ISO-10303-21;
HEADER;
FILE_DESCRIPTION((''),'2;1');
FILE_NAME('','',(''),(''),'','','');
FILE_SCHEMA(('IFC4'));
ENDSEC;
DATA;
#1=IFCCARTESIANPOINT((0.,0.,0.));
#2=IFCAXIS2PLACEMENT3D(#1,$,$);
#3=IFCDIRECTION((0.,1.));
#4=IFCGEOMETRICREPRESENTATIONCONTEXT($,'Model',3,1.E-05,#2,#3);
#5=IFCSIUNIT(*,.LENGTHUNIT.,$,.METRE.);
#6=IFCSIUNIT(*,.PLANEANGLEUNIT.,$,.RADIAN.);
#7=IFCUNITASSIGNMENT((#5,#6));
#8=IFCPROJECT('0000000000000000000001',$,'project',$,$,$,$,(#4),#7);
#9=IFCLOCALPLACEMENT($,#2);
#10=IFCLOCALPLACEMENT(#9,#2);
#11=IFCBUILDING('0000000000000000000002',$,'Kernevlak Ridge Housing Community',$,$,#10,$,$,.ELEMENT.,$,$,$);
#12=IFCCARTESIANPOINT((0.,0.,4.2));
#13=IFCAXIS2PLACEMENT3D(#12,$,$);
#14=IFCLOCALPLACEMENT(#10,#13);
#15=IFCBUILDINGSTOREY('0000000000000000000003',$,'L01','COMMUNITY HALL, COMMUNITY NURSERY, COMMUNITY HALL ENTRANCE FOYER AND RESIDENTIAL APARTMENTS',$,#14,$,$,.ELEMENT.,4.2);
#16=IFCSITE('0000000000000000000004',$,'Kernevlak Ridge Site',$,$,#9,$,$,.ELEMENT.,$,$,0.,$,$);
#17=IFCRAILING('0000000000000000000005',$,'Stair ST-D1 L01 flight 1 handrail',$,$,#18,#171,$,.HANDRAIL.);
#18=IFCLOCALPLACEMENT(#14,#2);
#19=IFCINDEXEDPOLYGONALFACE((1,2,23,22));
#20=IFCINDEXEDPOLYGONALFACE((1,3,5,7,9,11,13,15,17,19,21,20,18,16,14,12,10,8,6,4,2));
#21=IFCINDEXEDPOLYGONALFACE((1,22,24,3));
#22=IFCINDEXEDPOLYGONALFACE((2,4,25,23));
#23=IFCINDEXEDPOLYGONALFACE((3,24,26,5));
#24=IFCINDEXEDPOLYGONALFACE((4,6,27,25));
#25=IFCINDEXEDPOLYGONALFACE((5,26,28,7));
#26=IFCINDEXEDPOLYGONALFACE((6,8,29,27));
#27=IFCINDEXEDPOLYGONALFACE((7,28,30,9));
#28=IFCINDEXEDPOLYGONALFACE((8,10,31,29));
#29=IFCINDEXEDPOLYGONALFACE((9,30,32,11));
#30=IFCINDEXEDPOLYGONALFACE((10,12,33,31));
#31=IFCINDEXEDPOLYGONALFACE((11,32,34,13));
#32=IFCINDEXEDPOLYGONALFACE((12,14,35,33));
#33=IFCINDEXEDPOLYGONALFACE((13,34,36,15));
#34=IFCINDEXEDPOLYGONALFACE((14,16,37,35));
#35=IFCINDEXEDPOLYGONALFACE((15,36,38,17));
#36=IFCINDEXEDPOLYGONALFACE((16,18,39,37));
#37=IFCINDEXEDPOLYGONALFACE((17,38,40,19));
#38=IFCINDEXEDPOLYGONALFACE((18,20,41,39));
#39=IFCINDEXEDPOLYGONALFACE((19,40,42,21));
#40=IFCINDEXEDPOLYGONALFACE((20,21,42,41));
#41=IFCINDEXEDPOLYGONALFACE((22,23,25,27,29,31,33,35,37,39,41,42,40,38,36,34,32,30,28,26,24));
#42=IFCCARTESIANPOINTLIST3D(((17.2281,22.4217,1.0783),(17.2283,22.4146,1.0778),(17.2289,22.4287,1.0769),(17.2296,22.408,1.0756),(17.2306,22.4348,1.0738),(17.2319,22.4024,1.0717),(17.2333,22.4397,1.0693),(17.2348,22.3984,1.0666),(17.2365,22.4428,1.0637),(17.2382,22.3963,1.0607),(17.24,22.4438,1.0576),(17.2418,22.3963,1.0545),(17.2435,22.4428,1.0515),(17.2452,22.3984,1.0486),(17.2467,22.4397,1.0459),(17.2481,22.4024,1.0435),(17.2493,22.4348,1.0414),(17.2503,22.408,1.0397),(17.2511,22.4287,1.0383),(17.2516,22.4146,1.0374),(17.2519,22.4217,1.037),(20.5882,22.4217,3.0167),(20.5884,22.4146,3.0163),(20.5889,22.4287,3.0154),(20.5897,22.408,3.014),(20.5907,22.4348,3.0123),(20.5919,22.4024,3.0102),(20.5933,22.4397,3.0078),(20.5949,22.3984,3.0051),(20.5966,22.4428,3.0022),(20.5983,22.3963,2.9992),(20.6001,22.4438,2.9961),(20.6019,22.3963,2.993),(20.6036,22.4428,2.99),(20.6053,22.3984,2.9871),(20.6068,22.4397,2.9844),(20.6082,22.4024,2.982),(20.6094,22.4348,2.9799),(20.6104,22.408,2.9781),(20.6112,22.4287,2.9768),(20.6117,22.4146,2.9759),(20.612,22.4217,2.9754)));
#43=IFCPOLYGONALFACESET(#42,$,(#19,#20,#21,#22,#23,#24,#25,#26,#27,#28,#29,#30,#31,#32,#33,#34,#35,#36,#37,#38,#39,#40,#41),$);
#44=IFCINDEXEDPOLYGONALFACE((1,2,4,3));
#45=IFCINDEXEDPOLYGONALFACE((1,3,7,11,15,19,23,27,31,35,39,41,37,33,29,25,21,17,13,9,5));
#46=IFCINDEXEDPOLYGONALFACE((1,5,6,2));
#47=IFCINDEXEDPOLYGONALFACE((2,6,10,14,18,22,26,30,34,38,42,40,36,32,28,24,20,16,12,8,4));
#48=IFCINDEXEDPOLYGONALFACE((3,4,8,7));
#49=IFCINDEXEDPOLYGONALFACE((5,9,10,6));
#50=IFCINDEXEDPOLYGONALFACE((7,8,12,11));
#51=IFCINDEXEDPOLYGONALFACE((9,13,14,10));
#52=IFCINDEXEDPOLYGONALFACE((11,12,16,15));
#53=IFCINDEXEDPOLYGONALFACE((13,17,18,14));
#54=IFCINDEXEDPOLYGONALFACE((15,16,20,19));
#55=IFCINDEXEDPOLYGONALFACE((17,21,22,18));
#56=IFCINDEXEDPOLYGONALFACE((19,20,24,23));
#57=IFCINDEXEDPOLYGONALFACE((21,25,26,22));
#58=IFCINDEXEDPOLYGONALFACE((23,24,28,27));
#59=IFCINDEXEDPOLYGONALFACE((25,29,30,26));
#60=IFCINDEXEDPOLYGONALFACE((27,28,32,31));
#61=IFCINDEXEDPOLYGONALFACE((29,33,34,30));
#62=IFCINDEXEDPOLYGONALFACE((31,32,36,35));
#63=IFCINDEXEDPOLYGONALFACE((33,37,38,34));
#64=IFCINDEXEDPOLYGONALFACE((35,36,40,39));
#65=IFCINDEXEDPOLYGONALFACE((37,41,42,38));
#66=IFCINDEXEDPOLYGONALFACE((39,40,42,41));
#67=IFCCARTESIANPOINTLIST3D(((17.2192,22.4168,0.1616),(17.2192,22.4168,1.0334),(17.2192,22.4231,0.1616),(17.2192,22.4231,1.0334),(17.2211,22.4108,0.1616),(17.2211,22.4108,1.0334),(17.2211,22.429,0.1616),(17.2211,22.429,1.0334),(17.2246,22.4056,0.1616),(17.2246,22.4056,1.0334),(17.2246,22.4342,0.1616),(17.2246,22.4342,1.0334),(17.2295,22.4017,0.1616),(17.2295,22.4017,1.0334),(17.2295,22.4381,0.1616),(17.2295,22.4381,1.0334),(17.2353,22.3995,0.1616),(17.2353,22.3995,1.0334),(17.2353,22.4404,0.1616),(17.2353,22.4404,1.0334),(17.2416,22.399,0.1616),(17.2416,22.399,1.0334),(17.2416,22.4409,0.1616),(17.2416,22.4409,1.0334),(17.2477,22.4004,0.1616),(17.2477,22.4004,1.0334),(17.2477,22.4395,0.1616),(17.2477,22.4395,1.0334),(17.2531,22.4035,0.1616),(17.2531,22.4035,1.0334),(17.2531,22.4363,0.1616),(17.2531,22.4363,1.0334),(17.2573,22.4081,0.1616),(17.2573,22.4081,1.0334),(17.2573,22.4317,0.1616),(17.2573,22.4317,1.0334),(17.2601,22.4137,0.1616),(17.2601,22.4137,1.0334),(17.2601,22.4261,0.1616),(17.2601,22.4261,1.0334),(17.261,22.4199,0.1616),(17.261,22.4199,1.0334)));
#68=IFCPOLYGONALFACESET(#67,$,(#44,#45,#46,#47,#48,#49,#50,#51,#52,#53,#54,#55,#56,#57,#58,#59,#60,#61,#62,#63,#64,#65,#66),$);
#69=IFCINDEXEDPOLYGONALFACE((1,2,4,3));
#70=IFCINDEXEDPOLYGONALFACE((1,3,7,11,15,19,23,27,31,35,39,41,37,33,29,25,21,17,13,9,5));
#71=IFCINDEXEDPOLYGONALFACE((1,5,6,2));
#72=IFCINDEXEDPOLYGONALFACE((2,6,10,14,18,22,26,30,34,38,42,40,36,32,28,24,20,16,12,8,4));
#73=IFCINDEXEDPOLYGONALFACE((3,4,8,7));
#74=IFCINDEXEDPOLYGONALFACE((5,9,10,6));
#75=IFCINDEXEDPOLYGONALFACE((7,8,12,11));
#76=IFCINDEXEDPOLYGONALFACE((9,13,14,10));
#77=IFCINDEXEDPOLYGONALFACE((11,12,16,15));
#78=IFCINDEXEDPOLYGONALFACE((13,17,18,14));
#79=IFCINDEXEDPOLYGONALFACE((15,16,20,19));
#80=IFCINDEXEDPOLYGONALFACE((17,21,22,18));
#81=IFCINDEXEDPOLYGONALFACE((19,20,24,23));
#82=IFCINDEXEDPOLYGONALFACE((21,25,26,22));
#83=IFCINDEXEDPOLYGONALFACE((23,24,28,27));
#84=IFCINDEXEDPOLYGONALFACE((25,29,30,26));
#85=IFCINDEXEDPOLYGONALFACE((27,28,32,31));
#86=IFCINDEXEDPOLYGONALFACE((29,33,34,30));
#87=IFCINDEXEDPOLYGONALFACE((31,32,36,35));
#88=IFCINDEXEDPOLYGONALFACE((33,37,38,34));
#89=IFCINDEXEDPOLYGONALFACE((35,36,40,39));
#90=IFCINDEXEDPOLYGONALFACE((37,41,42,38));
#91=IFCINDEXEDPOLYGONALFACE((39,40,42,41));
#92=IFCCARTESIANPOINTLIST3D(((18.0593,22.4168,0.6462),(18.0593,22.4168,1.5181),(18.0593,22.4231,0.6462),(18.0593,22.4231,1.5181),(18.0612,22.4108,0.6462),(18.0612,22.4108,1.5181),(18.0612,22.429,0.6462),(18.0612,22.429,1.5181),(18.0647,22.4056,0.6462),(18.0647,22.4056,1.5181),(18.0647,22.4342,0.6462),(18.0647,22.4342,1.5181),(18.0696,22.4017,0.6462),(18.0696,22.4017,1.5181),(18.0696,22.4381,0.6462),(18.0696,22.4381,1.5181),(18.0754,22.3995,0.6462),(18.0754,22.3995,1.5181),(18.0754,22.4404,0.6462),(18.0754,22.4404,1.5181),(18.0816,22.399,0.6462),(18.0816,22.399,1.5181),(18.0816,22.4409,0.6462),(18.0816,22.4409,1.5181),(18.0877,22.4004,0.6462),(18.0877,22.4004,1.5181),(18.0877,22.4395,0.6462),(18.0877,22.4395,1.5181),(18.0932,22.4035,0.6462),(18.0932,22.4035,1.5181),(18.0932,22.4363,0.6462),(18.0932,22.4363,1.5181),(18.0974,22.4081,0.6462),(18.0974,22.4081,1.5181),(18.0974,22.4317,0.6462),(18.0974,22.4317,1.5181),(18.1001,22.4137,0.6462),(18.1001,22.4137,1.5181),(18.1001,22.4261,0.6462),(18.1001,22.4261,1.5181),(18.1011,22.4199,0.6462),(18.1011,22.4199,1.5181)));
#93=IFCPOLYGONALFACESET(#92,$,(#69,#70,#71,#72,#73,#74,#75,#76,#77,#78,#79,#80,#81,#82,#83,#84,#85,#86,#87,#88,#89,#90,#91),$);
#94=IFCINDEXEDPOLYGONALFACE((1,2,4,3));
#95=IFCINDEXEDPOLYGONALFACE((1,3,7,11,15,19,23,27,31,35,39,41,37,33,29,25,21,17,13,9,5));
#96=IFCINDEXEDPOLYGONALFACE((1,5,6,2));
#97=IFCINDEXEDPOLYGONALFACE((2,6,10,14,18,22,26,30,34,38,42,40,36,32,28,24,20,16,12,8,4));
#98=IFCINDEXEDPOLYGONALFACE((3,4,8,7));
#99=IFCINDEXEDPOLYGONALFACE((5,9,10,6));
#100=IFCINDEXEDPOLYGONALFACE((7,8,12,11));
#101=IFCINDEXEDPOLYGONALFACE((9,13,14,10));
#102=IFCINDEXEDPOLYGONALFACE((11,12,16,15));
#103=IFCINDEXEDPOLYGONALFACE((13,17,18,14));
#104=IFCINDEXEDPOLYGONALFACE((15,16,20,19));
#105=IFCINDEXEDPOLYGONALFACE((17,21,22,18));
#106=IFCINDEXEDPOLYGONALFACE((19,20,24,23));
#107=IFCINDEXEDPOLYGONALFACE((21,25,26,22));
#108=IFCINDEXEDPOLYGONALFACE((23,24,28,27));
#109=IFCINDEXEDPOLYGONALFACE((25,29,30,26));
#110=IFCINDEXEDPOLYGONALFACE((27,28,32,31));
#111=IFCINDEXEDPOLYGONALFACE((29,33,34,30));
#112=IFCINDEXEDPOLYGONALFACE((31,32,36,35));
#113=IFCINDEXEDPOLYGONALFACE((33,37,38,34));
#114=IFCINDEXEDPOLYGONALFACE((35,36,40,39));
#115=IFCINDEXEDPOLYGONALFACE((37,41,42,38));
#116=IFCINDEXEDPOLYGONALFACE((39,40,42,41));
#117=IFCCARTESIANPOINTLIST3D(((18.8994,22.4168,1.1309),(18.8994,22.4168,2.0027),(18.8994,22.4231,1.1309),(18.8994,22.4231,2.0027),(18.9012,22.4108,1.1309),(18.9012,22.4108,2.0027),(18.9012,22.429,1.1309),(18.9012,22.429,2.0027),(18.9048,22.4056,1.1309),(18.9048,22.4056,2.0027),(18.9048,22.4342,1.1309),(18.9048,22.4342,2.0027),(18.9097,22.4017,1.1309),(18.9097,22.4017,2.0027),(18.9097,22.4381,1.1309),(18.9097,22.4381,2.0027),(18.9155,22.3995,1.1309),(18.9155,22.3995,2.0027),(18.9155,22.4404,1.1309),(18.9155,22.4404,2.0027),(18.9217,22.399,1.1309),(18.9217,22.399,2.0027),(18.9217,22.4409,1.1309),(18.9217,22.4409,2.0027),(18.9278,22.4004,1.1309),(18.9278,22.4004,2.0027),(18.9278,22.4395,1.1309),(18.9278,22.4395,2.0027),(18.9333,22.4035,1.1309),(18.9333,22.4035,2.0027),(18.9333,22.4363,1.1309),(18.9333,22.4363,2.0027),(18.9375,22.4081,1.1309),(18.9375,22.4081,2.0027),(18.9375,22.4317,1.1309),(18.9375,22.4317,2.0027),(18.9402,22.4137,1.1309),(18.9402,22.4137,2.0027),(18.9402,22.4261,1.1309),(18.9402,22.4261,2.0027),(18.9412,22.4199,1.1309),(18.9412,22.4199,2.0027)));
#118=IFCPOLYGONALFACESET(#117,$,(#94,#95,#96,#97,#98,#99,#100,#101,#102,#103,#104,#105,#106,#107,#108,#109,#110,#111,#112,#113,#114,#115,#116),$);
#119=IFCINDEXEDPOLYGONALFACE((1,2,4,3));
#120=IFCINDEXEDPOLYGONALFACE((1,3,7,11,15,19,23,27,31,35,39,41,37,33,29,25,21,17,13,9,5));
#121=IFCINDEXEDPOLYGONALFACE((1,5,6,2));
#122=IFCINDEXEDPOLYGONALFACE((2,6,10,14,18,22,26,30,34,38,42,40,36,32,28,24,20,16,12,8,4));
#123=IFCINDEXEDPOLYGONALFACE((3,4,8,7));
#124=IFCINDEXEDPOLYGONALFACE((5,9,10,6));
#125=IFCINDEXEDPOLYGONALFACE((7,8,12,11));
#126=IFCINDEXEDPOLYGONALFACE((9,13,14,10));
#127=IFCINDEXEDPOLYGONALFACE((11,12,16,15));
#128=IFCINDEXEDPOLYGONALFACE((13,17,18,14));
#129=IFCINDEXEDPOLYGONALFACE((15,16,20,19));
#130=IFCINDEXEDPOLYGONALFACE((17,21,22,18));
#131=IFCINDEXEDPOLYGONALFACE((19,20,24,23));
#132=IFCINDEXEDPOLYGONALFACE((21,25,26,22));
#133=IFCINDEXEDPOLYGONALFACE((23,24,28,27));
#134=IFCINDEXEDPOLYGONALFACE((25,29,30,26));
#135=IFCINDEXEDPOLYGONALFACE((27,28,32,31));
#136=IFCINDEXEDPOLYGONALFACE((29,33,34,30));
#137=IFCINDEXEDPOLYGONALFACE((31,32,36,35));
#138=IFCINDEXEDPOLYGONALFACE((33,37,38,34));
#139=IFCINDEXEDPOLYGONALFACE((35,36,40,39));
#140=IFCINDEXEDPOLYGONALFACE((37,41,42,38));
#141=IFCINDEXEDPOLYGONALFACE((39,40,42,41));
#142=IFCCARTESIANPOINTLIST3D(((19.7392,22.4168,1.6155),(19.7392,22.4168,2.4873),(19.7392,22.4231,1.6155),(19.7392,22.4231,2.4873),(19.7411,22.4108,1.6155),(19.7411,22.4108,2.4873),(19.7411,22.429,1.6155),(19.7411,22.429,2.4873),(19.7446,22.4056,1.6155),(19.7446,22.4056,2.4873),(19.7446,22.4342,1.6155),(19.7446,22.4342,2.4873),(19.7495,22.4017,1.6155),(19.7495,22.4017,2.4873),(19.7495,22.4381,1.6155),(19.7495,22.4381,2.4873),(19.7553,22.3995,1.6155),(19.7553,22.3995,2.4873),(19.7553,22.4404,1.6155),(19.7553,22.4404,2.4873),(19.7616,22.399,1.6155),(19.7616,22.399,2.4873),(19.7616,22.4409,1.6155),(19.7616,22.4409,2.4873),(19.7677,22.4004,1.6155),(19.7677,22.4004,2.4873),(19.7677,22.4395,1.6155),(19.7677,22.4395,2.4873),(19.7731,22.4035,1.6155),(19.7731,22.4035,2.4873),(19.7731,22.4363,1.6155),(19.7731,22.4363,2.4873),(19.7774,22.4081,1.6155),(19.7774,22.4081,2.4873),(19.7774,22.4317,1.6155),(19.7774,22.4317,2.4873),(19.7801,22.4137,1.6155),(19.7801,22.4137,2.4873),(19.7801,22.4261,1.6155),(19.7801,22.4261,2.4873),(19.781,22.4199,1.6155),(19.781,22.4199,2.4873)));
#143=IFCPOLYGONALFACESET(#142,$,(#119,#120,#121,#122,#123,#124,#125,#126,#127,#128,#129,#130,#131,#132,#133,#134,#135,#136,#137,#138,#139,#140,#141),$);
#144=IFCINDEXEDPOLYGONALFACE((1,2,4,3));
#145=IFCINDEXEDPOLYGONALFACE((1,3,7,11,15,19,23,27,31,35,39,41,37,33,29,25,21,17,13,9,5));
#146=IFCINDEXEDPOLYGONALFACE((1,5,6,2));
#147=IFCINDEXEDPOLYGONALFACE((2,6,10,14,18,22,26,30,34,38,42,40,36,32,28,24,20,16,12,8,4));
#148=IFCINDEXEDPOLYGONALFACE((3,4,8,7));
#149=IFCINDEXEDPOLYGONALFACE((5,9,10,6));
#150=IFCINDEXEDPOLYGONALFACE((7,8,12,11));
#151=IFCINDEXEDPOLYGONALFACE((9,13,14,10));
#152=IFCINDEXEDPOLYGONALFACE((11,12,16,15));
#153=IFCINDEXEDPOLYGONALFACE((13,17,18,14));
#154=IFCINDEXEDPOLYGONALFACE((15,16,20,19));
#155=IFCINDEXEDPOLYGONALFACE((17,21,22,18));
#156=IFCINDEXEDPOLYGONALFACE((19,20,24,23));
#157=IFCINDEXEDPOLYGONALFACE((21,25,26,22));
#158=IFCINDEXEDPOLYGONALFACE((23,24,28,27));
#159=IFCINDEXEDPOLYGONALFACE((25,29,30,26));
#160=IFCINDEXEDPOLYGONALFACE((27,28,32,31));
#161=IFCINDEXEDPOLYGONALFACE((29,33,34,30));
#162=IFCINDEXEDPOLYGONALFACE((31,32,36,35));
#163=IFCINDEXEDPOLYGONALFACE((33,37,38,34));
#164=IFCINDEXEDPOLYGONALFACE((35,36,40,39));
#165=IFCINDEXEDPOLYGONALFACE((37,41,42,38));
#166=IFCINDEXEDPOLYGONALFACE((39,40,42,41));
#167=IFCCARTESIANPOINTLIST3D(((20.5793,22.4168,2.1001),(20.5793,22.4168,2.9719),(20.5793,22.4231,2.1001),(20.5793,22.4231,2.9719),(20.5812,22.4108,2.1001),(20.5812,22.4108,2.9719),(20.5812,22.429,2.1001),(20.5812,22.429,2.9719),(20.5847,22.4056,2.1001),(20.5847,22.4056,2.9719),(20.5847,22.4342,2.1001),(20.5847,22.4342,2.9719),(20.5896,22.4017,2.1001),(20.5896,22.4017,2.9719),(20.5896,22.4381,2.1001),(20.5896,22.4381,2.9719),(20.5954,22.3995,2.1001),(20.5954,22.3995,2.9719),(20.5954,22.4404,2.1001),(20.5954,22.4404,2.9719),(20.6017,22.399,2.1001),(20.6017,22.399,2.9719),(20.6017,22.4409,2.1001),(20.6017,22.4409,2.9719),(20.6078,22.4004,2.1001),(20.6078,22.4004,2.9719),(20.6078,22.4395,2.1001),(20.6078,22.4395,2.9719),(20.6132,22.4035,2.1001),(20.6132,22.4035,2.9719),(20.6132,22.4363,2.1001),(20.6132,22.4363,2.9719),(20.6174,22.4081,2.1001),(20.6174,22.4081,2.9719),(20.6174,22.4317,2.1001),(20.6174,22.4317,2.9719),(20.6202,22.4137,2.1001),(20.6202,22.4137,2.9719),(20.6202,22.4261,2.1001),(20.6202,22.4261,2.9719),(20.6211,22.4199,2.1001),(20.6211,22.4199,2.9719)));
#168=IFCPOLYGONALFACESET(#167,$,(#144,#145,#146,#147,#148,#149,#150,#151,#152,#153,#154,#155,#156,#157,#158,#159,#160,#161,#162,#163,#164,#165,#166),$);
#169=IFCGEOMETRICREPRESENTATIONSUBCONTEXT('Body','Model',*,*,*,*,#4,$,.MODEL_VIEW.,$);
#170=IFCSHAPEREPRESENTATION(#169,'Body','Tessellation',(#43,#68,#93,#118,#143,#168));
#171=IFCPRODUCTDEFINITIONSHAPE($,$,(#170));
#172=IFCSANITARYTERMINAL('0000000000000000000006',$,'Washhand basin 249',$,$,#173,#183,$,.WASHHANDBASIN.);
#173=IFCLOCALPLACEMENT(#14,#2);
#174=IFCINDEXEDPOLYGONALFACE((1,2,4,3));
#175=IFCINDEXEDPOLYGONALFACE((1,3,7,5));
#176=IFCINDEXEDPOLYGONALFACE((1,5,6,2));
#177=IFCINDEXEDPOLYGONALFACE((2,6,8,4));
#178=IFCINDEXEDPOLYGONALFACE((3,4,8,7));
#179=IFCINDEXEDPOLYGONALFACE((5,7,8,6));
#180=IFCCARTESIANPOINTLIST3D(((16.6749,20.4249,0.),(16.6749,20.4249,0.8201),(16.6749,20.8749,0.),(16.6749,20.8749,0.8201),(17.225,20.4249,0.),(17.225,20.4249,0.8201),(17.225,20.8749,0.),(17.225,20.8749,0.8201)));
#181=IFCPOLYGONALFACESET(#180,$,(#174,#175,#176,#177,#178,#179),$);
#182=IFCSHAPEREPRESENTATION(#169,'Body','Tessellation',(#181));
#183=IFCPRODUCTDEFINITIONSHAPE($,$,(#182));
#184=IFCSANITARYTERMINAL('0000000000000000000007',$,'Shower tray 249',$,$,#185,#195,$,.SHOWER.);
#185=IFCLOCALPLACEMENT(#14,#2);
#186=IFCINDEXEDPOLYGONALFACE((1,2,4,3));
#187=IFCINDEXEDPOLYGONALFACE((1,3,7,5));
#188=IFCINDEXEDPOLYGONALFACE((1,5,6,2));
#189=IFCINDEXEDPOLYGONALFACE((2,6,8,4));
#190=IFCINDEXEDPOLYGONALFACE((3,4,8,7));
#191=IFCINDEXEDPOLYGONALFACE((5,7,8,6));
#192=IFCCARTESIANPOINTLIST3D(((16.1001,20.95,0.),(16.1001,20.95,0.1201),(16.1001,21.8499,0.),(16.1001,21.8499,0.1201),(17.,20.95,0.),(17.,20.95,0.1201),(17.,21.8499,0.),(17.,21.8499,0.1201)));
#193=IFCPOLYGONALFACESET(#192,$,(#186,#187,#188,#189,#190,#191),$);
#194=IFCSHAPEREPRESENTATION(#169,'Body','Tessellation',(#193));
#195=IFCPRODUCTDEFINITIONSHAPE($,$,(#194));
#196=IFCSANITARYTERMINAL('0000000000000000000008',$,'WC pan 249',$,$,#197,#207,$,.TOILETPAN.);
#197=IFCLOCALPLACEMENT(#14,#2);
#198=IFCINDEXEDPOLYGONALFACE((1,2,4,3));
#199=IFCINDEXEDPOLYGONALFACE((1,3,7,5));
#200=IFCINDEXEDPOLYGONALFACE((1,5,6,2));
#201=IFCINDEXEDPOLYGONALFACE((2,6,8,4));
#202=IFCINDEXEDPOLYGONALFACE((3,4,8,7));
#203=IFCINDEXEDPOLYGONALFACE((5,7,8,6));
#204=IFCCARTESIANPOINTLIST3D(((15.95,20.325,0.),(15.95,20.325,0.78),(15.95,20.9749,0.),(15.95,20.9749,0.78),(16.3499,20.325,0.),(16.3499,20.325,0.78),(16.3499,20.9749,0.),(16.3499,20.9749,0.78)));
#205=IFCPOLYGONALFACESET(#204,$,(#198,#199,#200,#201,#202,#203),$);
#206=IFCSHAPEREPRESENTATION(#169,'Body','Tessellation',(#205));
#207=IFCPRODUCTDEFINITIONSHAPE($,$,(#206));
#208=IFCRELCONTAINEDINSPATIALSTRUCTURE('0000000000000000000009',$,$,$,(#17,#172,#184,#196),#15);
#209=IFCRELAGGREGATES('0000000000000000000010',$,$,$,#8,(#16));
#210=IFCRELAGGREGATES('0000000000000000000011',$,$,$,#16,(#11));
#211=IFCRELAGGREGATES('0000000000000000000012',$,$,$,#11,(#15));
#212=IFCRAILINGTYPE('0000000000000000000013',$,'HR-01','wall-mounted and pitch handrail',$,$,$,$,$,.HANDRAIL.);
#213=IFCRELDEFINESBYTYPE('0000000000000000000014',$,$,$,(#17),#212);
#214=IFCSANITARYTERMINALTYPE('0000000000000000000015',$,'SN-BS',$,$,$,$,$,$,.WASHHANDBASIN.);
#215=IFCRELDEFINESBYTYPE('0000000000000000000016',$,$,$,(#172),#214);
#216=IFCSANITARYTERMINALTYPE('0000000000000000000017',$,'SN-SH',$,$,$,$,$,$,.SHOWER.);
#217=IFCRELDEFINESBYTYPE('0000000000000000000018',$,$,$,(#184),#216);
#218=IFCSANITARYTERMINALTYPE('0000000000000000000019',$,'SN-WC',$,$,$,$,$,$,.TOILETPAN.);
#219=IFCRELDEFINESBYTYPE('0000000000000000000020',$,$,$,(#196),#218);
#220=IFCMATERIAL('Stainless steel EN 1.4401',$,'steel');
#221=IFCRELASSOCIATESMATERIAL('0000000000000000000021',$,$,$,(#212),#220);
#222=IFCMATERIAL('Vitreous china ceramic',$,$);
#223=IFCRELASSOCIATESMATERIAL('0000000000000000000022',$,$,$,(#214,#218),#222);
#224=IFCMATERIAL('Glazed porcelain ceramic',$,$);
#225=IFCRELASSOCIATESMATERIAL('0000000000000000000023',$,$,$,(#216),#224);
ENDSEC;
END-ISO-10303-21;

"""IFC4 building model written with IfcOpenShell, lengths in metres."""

from ifc_helpers import new_model, si_unit, direction, frame, origin, origin_2d, place, context, subcontext, project, spatial, rectangle, circle, extrude, material, type_object, element, save


model = new_model("IFC4")

# Units and contexts
model_context = context("Model", 3, precision=1e-05, world=origin(), true_north=direction((0.0, 1.0)))
body_context = subcontext(model_context, "Body", "Model", "MODEL_VIEW")
ifc_project = project(units=[si_unit("LENGTHUNIT", "METRE"), si_unit("PLANEANGLEUNIT", "RADIAN")], contexts=[model_context])

# Site, building, storey
site_placement = place(None, origin())
site = spatial("IfcSite", under=ifc_project, at=site_placement, Name="Kernevlak Ridge Site", CompositionType="ELEMENT", RefElevation=0.0)
building_placement = place(site_placement, origin())
building = spatial("IfcBuilding", under=site, at=building_placement, Name="Kernevlak Ridge Housing Community", CompositionType="ELEMENT")
storey_placement = place(building_placement, frame((0.0, 0.0, 4.2)))
storey = spatial("IfcBuildingStorey", under=building, at=storey_placement, Name="L01", Description="COMMUNITY HALL, COMMUNITY NURSERY, COMMUNITY HALL ENTRANCE FOYER AND RESIDENTIAL APARTMENTS", CompositionType="ELEMENT", Elevation=4.2)

# Railing
ifc_material_1 = material(Name="Stainless steel EN 1.4401", Category="steel")
railing_type_1 = type_object("IfcRailingType", Name="HR-01", Description="wall-mounted and pitch handrail", PredefinedType="HANDRAIL", material=ifc_material_1)
railing_1_placement = place(storey_placement, frame((17.24, 22.4199, 0.1616)))
element("IfcRailing", 1, at=railing_1_placement, inside=storey, type_object=railing_type_1, Name="Stair ST-D1 L01 flight 1 handrail", PredefinedType="HANDRAIL", context=body_context, shape_type="SweptSolid", body=[
    extrude(circle(Radius=0.0239, at=origin_2d()), frame((0.0, 0.0, 0.896), z_axis=(0.866191, 0.0, 0.499713), x_axis=(0.0, 1.0, 0.0)), (0.0, 0.0, 1.0), 3.8792),
    extrude(circle(Radius=0.021, at=origin_2d()), origin(), (0.0, 0.0, 1.0), 0.8718),
    extrude(circle(Radius=0.021, at=origin_2d()), frame((0.8401, 0.0, 0.4846)), (0.0, 0.0, 1.0), 0.8718),
    extrude(circle(Radius=0.021, at=origin_2d()), frame((1.6802, 0.0, 0.9692)), (0.0, 0.0, 1.0), 0.8718),
    extrude(circle(Radius=0.021, at=origin_2d()), frame((2.52, 0.0, 1.4539)), (0.0, 0.0, 1.0), 0.8718),
    extrude(circle(Radius=0.021, at=origin_2d()), frame((3.3601, 0.0, 1.9385)), (0.0, 0.0, 1.0), 0.8718),
])

# Sanitary terminals
ifc_material_2 = material(Name="Vitreous china ceramic")
sanitary_terminal_type_1 = type_object("IfcSanitaryTerminalType", Name="SN-BS", PredefinedType="WASHHANDBASIN", material=ifc_material_2)
sanitary_terminal_1_placement = place(storey_placement, frame((16.95, 20.6499, 0.0), z_axis=(0.0, 0.0, 1.0), x_axis=(1.0, 0.0, 0.0)))
element("IfcSanitaryTerminal", 2, at=sanitary_terminal_1_placement, inside=storey, type_object=sanitary_terminal_type_1, Name="Washhand basin 249", PredefinedType="WASHHANDBASIN", context=body_context, shape_type="SweptSolid", body=[
    extrude(rectangle(XDim=0.55, YDim=0.45, at=origin_2d()), origin(), (0.0, 0.0, 1.0), 0.8201),
])
ifc_material_3 = material(Name="Glazed porcelain ceramic")
sanitary_terminal_type_2 = type_object("IfcSanitaryTerminalType", Name="SN-SH", PredefinedType="SHOWER", material=ifc_material_3)
sanitary_terminal_2_placement = place(storey_placement, frame((16.55, 21.3999, 0.0), z_axis=(0.0, 0.0, 1.0), x_axis=(1.0, 0.0, 0.0)))
element("IfcSanitaryTerminal", 3, at=sanitary_terminal_2_placement, inside=storey, type_object=sanitary_terminal_type_2, Name="Shower tray 249", PredefinedType="SHOWER", context=body_context, shape_type="SweptSolid", body=[
    extrude(rectangle(XDim=0.8999, YDim=0.8999, at=origin_2d()), origin(), (0.0, 0.0, 1.0), 0.1201),
])
sanitary_terminal_type_3 = type_object("IfcSanitaryTerminalType", Name="SN-WC", PredefinedType="TOILETPAN", material=ifc_material_2)
sanitary_terminal_3_placement = place(storey_placement, frame((16.1499, 20.6499, 0.0), z_axis=(0.0, 0.0, 1.0), x_axis=(1.0, 0.0, 0.0)))
element("IfcSanitaryTerminal", 4, at=sanitary_terminal_3_placement, inside=storey, type_object=sanitary_terminal_type_3, Name="WC pan 249", PredefinedType="TOILETPAN", context=body_context, shape_type="SweptSolid", body=[
    extrude(rectangle(XDim=0.3999, YDim=0.6499, at=origin_2d()), origin(), (0.0, 0.0, 1.0), 0.78),
])

save(model, "model.ifc")
